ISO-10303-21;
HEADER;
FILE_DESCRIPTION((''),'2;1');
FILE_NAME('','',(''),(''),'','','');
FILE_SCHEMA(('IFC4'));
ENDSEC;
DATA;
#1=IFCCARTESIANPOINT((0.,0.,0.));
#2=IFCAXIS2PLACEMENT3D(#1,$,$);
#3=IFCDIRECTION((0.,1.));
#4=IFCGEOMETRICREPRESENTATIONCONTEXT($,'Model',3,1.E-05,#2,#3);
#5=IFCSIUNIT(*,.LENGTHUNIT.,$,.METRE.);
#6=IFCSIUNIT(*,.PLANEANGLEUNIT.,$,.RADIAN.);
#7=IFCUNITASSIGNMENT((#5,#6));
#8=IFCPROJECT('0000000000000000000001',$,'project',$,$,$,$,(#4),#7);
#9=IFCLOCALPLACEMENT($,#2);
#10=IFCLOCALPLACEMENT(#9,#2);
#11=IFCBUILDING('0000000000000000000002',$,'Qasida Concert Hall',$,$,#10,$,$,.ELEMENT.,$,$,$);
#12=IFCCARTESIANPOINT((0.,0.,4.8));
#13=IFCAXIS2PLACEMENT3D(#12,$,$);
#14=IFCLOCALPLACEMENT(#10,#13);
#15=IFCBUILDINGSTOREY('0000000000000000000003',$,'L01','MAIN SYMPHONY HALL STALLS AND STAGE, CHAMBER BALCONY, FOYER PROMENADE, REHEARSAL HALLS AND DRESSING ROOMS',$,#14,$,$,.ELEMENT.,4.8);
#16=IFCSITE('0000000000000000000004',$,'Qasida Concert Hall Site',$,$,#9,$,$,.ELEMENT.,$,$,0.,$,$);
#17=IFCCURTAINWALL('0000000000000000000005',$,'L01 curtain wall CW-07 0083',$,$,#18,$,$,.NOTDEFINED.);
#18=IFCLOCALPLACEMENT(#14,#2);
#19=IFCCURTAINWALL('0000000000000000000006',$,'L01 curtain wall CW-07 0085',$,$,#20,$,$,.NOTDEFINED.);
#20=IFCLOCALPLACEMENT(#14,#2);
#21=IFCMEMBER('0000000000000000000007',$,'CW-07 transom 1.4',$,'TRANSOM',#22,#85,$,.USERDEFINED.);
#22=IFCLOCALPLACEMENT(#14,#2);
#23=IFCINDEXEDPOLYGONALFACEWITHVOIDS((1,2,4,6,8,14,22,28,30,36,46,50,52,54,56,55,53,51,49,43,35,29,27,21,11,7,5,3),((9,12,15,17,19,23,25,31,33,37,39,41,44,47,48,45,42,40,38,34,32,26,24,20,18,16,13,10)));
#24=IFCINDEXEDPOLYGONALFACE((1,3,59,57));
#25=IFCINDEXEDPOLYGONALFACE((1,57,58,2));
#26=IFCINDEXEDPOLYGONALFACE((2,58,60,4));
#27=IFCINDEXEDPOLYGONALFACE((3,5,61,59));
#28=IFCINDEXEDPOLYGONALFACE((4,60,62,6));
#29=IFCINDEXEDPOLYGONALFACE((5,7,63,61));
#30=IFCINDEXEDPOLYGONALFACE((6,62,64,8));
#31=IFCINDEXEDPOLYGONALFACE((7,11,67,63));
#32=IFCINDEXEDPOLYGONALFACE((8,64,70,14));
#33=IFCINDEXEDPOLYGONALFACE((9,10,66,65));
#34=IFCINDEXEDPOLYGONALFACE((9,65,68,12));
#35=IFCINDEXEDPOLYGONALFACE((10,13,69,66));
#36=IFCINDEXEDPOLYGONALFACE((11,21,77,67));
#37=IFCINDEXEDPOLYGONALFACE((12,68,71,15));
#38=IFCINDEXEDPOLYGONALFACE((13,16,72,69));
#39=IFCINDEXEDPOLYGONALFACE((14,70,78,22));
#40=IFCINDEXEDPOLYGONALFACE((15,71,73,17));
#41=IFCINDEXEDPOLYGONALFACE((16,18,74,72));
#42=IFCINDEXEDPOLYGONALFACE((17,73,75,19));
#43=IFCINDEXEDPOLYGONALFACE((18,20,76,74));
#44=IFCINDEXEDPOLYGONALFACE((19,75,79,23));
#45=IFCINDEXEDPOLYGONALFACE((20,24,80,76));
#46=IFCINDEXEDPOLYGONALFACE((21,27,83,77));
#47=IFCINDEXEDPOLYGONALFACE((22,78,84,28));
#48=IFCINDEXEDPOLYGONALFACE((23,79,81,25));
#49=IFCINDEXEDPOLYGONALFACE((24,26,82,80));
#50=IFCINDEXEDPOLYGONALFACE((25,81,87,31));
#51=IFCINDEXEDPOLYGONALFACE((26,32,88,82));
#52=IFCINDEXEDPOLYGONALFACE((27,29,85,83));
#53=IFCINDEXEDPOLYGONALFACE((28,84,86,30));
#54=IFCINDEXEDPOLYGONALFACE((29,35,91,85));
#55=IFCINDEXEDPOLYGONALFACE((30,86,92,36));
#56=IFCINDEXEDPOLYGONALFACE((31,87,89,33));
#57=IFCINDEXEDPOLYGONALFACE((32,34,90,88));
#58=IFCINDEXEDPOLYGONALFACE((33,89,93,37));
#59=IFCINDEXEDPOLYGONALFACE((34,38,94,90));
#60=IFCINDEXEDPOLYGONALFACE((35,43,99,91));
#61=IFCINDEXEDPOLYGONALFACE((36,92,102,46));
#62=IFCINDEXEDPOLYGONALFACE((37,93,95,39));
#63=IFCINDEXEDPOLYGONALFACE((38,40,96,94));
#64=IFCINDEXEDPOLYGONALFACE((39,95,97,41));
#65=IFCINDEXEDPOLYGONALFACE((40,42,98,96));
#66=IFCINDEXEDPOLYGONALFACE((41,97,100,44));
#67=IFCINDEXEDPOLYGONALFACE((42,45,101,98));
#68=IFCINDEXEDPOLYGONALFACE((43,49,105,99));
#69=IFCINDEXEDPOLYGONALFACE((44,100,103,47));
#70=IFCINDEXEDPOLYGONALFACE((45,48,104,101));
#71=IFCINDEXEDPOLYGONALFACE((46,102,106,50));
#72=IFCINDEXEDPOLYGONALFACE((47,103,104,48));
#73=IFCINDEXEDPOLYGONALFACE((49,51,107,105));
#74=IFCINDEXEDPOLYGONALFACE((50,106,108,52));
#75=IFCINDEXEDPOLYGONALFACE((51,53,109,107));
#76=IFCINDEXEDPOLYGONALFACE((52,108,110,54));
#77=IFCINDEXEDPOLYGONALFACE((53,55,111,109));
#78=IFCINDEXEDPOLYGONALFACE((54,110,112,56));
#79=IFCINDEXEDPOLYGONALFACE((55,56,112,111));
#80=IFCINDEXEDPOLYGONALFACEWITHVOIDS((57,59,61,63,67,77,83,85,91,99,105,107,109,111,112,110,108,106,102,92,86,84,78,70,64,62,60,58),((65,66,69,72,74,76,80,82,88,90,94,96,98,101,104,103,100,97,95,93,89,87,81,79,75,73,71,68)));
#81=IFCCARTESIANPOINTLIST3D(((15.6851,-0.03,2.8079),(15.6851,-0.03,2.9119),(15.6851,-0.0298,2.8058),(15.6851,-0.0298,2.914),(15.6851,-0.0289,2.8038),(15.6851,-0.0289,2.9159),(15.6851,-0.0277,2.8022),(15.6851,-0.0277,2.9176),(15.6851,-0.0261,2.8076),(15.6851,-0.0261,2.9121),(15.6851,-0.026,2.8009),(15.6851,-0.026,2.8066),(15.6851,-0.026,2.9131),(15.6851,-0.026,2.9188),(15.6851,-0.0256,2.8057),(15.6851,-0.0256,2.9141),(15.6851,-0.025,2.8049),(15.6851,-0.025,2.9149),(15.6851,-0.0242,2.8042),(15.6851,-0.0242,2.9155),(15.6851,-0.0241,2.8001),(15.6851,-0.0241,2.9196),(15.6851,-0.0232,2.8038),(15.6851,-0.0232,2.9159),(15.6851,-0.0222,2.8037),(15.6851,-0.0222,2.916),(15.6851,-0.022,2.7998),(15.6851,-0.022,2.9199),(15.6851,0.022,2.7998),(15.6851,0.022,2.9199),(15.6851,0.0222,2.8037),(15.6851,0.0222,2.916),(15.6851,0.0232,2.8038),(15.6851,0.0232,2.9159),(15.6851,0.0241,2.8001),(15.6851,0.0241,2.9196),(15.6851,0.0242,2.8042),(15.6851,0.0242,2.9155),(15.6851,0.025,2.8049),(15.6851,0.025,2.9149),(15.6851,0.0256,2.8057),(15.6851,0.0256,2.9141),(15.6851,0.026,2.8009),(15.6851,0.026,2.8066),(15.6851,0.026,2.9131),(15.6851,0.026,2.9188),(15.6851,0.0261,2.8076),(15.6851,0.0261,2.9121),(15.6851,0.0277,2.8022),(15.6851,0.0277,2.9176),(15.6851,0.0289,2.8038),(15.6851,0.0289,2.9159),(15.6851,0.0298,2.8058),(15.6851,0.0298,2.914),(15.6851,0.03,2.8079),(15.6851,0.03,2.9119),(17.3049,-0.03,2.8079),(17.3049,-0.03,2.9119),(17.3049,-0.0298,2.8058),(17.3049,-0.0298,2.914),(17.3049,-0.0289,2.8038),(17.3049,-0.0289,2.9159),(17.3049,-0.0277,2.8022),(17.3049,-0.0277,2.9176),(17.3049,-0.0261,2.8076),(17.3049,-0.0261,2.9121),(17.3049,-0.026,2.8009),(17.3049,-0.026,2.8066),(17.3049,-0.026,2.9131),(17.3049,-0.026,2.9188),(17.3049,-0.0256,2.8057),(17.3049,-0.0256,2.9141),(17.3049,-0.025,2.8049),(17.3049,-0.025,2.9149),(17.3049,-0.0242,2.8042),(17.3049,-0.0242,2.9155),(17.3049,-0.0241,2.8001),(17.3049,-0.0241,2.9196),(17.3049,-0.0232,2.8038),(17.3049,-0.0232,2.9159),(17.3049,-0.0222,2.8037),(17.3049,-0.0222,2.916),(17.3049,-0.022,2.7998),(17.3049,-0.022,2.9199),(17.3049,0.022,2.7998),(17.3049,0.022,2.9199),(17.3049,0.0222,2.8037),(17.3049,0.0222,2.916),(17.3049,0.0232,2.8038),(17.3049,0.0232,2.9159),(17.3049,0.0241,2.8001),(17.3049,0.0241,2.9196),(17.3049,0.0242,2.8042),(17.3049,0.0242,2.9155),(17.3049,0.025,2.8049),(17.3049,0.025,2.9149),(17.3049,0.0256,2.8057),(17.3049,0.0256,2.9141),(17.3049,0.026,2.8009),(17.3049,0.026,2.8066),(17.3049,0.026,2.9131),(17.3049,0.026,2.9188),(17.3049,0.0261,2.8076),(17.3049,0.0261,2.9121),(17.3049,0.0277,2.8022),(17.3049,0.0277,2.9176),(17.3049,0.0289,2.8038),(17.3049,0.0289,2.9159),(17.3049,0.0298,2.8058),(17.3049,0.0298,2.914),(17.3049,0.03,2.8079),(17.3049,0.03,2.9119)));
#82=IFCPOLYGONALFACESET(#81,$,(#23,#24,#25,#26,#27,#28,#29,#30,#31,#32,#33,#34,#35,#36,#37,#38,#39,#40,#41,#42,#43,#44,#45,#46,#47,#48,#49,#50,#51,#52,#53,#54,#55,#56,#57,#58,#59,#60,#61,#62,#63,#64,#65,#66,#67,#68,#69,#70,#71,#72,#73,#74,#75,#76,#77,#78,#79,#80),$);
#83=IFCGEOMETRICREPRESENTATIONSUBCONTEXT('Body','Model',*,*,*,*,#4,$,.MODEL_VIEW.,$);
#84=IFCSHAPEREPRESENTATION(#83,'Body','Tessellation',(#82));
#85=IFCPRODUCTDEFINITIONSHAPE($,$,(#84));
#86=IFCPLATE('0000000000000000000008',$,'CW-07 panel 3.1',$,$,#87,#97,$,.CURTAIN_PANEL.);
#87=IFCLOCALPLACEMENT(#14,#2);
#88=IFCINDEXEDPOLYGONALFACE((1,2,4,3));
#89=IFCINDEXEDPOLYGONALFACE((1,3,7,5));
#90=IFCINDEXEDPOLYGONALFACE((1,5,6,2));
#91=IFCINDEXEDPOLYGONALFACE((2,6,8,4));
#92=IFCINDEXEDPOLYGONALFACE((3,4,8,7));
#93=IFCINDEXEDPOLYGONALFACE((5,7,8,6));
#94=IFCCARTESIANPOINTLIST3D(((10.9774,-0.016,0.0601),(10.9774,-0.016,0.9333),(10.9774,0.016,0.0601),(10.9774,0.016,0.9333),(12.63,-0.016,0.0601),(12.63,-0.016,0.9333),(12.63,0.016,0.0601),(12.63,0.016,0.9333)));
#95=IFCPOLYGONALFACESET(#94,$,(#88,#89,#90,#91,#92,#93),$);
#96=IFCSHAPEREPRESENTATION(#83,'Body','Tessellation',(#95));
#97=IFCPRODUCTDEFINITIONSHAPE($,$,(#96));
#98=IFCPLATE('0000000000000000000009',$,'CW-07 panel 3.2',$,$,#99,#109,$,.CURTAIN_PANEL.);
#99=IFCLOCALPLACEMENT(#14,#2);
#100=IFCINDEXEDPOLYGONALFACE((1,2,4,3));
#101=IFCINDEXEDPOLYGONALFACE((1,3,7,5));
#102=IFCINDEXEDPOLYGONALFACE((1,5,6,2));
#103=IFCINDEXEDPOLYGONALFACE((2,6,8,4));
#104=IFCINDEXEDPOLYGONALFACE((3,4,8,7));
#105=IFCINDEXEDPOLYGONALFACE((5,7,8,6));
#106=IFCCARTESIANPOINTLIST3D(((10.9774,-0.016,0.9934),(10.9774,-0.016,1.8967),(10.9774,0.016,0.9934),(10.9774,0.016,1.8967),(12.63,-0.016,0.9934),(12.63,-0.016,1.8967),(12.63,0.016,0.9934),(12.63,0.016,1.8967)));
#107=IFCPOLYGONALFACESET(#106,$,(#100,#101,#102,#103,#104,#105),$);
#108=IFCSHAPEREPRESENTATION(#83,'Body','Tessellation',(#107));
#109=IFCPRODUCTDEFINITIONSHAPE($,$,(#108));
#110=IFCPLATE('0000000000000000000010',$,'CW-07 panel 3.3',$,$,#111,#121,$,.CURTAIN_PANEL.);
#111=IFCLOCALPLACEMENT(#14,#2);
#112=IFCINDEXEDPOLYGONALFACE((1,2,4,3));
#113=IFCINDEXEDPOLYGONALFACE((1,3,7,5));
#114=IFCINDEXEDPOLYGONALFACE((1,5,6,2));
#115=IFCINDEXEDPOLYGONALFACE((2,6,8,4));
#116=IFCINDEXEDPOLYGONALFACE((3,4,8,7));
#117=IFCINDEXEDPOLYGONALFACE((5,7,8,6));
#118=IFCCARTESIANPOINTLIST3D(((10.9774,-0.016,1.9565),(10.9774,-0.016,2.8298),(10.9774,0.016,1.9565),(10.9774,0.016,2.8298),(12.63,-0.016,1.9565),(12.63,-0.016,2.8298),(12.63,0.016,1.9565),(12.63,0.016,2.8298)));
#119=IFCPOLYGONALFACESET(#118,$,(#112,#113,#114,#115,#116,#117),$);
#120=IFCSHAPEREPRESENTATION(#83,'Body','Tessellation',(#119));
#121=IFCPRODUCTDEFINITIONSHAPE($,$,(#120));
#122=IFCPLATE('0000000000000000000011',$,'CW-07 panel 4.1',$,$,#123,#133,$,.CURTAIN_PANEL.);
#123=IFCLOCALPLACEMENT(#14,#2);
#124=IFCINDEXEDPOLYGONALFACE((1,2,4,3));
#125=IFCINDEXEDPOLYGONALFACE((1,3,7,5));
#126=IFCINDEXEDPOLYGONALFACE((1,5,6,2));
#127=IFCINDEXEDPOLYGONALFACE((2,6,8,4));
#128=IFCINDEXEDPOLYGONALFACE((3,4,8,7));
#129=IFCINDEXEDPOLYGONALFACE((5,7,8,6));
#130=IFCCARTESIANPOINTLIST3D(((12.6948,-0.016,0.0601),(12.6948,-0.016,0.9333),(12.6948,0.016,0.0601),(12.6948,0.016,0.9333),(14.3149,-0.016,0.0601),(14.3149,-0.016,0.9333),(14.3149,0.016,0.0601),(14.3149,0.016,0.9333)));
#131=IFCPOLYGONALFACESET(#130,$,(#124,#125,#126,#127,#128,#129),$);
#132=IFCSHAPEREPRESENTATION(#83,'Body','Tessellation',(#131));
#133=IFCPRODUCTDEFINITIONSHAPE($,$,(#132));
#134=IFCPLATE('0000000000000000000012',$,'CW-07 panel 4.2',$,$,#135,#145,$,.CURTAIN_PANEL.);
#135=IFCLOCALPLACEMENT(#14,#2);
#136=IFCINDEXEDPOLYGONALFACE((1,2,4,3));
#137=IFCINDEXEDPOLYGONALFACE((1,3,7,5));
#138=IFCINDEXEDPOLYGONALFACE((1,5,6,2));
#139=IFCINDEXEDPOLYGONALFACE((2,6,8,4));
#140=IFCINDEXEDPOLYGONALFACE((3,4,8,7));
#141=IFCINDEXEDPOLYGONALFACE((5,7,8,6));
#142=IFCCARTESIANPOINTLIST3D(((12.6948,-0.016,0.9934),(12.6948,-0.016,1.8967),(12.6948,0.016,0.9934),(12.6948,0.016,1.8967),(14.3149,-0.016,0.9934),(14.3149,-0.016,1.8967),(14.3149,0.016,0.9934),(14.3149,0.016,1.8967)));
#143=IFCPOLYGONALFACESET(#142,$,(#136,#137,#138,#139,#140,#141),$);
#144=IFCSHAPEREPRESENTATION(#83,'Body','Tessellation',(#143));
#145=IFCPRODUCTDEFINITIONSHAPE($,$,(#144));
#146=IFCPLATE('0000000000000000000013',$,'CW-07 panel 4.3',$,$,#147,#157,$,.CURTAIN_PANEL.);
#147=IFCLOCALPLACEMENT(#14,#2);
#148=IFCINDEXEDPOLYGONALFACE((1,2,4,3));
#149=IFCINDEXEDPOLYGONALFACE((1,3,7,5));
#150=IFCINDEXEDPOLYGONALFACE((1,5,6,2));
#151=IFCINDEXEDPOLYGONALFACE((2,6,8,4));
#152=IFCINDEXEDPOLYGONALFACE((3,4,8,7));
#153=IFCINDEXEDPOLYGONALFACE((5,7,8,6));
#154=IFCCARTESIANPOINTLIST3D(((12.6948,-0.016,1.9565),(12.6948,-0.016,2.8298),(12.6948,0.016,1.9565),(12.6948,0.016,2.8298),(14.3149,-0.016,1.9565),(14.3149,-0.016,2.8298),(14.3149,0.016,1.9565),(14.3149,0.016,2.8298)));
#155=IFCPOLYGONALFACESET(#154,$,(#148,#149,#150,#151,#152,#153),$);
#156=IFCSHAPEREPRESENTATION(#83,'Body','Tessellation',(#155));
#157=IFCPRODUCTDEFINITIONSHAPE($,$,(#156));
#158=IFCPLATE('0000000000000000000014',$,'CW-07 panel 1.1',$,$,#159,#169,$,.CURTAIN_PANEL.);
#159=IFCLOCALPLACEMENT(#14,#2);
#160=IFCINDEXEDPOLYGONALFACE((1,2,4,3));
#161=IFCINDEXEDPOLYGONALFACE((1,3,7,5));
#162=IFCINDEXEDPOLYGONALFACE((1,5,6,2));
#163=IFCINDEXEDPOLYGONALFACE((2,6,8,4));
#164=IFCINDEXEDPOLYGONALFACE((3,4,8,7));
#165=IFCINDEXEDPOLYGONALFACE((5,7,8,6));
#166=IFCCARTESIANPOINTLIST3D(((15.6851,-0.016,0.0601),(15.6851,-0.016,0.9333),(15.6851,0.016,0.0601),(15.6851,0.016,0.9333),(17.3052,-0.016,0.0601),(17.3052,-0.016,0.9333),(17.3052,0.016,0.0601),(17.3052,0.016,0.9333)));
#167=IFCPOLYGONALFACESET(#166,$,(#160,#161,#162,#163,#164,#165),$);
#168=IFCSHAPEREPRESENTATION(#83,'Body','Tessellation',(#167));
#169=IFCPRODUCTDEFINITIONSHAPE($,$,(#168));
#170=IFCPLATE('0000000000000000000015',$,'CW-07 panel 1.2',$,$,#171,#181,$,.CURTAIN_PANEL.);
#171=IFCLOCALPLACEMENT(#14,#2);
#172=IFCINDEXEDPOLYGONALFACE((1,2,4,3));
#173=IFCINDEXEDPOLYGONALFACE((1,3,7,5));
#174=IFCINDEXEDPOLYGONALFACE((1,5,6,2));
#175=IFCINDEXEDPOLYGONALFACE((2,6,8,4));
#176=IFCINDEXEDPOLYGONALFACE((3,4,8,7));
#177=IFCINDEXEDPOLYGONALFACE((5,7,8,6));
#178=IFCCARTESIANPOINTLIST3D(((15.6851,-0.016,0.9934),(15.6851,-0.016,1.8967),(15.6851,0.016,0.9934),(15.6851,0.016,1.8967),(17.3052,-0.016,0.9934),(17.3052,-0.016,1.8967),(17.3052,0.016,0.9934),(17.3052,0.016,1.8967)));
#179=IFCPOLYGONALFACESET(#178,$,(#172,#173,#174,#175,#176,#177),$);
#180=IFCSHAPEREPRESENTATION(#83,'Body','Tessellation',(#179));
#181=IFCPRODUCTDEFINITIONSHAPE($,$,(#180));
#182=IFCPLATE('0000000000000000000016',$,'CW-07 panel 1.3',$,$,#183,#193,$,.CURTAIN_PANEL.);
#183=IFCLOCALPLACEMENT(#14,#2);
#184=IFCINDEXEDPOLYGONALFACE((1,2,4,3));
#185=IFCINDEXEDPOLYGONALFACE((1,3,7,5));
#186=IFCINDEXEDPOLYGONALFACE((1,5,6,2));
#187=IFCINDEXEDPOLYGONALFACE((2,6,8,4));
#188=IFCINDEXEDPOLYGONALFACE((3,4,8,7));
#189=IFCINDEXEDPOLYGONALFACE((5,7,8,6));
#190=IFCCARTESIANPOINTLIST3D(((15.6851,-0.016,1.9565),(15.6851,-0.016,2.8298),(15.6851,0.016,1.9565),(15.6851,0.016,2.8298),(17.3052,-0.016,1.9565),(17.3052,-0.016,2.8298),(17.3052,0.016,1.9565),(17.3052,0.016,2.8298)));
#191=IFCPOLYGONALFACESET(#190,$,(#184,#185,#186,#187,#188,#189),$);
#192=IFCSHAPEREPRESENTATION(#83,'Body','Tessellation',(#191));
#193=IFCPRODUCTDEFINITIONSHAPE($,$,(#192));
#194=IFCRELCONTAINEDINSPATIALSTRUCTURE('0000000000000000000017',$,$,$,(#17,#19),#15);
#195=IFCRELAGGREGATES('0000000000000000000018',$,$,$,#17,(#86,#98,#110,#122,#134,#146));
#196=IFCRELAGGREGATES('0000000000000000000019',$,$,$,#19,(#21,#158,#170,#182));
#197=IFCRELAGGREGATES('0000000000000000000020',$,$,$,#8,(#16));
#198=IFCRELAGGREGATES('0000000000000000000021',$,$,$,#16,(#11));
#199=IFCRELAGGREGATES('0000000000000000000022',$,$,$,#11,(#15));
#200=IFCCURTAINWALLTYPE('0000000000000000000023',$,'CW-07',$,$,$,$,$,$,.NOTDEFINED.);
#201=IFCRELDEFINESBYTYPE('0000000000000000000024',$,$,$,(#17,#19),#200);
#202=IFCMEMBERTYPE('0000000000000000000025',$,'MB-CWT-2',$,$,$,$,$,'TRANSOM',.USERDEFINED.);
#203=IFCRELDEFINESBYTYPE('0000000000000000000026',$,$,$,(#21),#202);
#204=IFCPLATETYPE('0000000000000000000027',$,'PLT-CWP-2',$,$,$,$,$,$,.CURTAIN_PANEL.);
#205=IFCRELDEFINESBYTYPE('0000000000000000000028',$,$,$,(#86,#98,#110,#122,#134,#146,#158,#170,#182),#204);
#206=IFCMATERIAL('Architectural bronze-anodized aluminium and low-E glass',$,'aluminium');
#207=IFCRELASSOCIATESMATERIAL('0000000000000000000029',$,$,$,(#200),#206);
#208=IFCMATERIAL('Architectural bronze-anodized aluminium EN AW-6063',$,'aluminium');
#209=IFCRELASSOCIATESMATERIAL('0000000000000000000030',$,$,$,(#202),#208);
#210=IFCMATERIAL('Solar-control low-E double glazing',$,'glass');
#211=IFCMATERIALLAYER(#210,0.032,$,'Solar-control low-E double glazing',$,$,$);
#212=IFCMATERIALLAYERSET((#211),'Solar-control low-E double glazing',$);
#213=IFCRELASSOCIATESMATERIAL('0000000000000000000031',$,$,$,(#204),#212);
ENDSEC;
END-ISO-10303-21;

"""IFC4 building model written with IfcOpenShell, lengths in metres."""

from ifc_helpers import new_model, si_unit, direction, frame, origin, origin_2d, place, context, subcontext, project, spatial, rectangle, hollow_rectangle, extrude, material, layer, layer_set, material_profile, profile_set, type_object, element, aggregate, save


model = new_model("IFC4")

# Units and contexts
model_context = context("Model", 3, precision=1e-05, world=origin(), true_north=direction((0.0, 1.0)))
body_context = subcontext(model_context, "Body", "Model", "MODEL_VIEW")
ifc_project = project(units=[si_unit("LENGTHUNIT", "METRE"), si_unit("PLANEANGLEUNIT", "RADIAN")], contexts=[model_context])

# Site, building, storey
site_placement = place(None, origin())
site = spatial("IfcSite", under=ifc_project, at=site_placement, Name="Qasida Concert Hall Site", CompositionType="ELEMENT", RefElevation=0.0)
building_placement = place(site_placement, origin())
building = spatial("IfcBuilding", under=site, at=building_placement, Name="Qasida Concert Hall", CompositionType="ELEMENT")
storey_placement = place(building_placement, frame((0.0, 0.0, 4.8)))
storey = spatial("IfcBuildingStorey", under=building, at=storey_placement, Name="L01", Description="MAIN SYMPHONY HALL STALLS AND STAGE, CHAMBER BALCONY, FOYER PROMENADE, REHEARSAL HALLS AND DRESSING ROOMS", CompositionType="ELEMENT", Elevation=4.8)

# Curtain wall
ifc_material_1 = material(Name="Architectural bronze-anodized aluminium and low-E glass", Category="aluminium")
curtain_wall_type = type_object("IfcCurtainWallType", Name="CW-07", PredefinedType="NOTDEFINED", material=ifc_material_1)
curtain_wall_1_placement = place(storey_placement, origin())
curtain_wall_1 = element("IfcCurtainWall", 1, at=curtain_wall_1_placement, inside=storey, type_object=curtain_wall_type, Name="L01 curtain wall CW-07 0083", PredefinedType="NOTDEFINED")
ifc_material_2 = material(Name="Architectural bronze-anodized aluminium EN AW-6063", Category="aluminium")

# Curtain wall
curtain_wall_2_placement = place(storey_placement, origin())
curtain_wall_2 = element("IfcCurtainWall", 2, at=curtain_wall_2_placement, inside=storey, type_object=curtain_wall_type, Name="L01 curtain wall CW-07 0085", PredefinedType="NOTDEFINED")

# Member
ifc_material_profile_1 = material_profile(ifc_material_2, hollow_rectangle(XDim=0.0601, YDim=0.1201, WallThickness=0.0039, InnerFilletRadius=0.0039, OuterFilletRadius=0.0081, at=origin_2d()), Name="CWT 120x60x4")
ifc_profile_set_1 = profile_set([ifc_material_profile_1], Name="Architectural bronze-anodized aluminium EN AW-6063")
member_type_1 = type_object("IfcMemberType", Name="MB-CWT-2", ElementType="TRANSOM", PredefinedType="USERDEFINED", material=ifc_profile_set_1)
member_1_placement = place(storey_placement, frame((15.6851, 0.0, 2.8599), z_axis=(1.0, 0.0, 0.0), x_axis=(0.0, 1.0, 0.0)))
member_1 = element("IfcMember", 3, at=member_1_placement, type_object=member_type_1, Name="CW-07 transom 1.4", ObjectType="TRANSOM", PredefinedType="USERDEFINED", context=body_context, shape_type="SweptSolid", body=[
    extrude(hollow_rectangle(XDim=0.0601, YDim=0.1201, WallThickness=0.0039, InnerFilletRadius=0.0039, OuterFilletRadius=0.0081, at=origin_2d()), origin(), (0.0, 0.0, 1.0), 1.6199),
])

# Plates
ifc_material_3 = material(Name="Solar-control low-E double glazing", Category="glass")
ifc_layer_1 = layer(ifc_material_3, 0.032, Name="Solar-control low-E double glazing")
ifc_layer_set_1 = layer_set([ifc_layer_1], Name="Solar-control low-E double glazing")
plate_type = type_object("IfcPlateType", Name="PLT-CWP-2", PredefinedType="CURTAIN_PANEL", material=ifc_layer_set_1)
plate_1_placement = place(storey_placement, frame((11.8037, 0.0, 0.0601), z_axis=(0.0, 0.0, 1.0), x_axis=(1.0, 0.0, 0.0)))
plate_1 = element("IfcPlate", 4, at=plate_1_placement, type_object=plate_type, Name="CW-07 panel 3.1", PredefinedType="CURTAIN_PANEL", context=body_context, shape_type="SweptSolid", body=[
    extrude(rectangle(XDim=1.6526, YDim=0.032, at=origin_2d()), origin(), (0.0, 0.0, 1.0), 0.8733),
])
plate_2_placement = place(storey_placement, frame((11.8037, 0.0, 0.9934), z_axis=(0.0, 0.0, 1.0), x_axis=(1.0, 0.0, 0.0)))
plate_2 = element("IfcPlate", 5, at=plate_2_placement, type_object=plate_type, Name="CW-07 panel 3.2", PredefinedType="CURTAIN_PANEL", context=body_context, shape_type="SweptSolid", body=[
    extrude(rectangle(XDim=1.6526, YDim=0.032, at=origin_2d()), origin(), (0.0, 0.0, 1.0), 0.9033),
])
plate_3_placement = place(storey_placement, frame((11.8037, 0.0, 1.9565), z_axis=(0.0, 0.0, 1.0), x_axis=(1.0, 0.0, 0.0)))
plate_3 = element("IfcPlate", 6, at=plate_3_placement, type_object=plate_type, Name="CW-07 panel 3.3", PredefinedType="CURTAIN_PANEL", context=body_context, shape_type="SweptSolid", body=[
    extrude(rectangle(XDim=1.6526, YDim=0.032, at=origin_2d()), origin(), (0.0, 0.0, 1.0), 0.8733),
])
plate_4_placement = place(storey_placement, frame((13.5049, 0.0, 0.0601), z_axis=(0.0, 0.0, 1.0), x_axis=(1.0, 0.0, 0.0)))
plate_4 = element("IfcPlate", 7, at=plate_4_placement, type_object=plate_type, Name="CW-07 panel 4.1", PredefinedType="CURTAIN_PANEL", context=body_context, shape_type="SweptSolid", body=[
    extrude(rectangle(XDim=1.6201, YDim=0.032, at=origin_2d()), origin(), (0.0, 0.0, 1.0), 0.8733),
])
plate_5_placement = place(storey_placement, frame((13.5049, 0.0, 0.9934), z_axis=(0.0, 0.0, 1.0), x_axis=(1.0, 0.0, 0.0)))
plate_5 = element("IfcPlate", 8, at=plate_5_placement, type_object=plate_type, Name="CW-07 panel 4.2", PredefinedType="CURTAIN_PANEL", context=body_context, shape_type="SweptSolid", body=[
    extrude(rectangle(XDim=1.6201, YDim=0.032, at=origin_2d()), origin(), (0.0, 0.0, 1.0), 0.9033),
])
plate_6_placement = place(storey_placement, frame((13.5049, 0.0, 1.9565), z_axis=(0.0, 0.0, 1.0), x_axis=(1.0, 0.0, 0.0)))
plate_6 = element("IfcPlate", 9, at=plate_6_placement, type_object=plate_type, Name="CW-07 panel 4.3", PredefinedType="CURTAIN_PANEL", context=body_context, shape_type="SweptSolid", body=[
    extrude(rectangle(XDim=1.6201, YDim=0.032, at=origin_2d()), origin(), (0.0, 0.0, 1.0), 0.8733),
])
aggregate(curtain_wall_1, [plate_1, plate_2, plate_3, plate_4, plate_5, plate_6])
plate_7_placement = place(storey_placement, frame((16.4951, 0.0, 0.0601), z_axis=(0.0, 0.0, 1.0), x_axis=(1.0, 0.0, 0.0)))
plate_7 = element("IfcPlate", 10, at=plate_7_placement, type_object=plate_type, Name="CW-07 panel 1.1", PredefinedType="CURTAIN_PANEL", context=body_context, shape_type="SweptSolid", body=[
    extrude(rectangle(XDim=1.6201, YDim=0.032, at=origin_2d()), origin(), (0.0, 0.0, 1.0), 0.8733),
])
plate_8_placement = place(storey_placement, frame((16.4951, 0.0, 0.9934), z_axis=(0.0, 0.0, 1.0), x_axis=(1.0, 0.0, 0.0)))
plate_8 = element("IfcPlate", 11, at=plate_8_placement, type_object=plate_type, Name="CW-07 panel 1.2", PredefinedType="CURTAIN_PANEL", context=body_context, shape_type="SweptSolid", body=[
    extrude(rectangle(XDim=1.6201, YDim=0.032, at=origin_2d()), origin(), (0.0, 0.0, 1.0), 0.9033),
])
plate_9_placement = place(storey_placement, frame((16.4951, 0.0, 1.9565), z_axis=(0.0, 0.0, 1.0), x_axis=(1.0, 0.0, 0.0)))
plate_9 = element("IfcPlate", 12, at=plate_9_placement, type_object=plate_type, Name="CW-07 panel 1.3", PredefinedType="CURTAIN_PANEL", context=body_context, shape_type="SweptSolid", body=[
    extrude(rectangle(XDim=1.6201, YDim=0.032, at=origin_2d()), origin(), (0.0, 0.0, 1.0), 0.8733),
])
aggregate(curtain_wall_2, [member_1, plate_7, plate_8, plate_9])

save(model, "model.ifc")
